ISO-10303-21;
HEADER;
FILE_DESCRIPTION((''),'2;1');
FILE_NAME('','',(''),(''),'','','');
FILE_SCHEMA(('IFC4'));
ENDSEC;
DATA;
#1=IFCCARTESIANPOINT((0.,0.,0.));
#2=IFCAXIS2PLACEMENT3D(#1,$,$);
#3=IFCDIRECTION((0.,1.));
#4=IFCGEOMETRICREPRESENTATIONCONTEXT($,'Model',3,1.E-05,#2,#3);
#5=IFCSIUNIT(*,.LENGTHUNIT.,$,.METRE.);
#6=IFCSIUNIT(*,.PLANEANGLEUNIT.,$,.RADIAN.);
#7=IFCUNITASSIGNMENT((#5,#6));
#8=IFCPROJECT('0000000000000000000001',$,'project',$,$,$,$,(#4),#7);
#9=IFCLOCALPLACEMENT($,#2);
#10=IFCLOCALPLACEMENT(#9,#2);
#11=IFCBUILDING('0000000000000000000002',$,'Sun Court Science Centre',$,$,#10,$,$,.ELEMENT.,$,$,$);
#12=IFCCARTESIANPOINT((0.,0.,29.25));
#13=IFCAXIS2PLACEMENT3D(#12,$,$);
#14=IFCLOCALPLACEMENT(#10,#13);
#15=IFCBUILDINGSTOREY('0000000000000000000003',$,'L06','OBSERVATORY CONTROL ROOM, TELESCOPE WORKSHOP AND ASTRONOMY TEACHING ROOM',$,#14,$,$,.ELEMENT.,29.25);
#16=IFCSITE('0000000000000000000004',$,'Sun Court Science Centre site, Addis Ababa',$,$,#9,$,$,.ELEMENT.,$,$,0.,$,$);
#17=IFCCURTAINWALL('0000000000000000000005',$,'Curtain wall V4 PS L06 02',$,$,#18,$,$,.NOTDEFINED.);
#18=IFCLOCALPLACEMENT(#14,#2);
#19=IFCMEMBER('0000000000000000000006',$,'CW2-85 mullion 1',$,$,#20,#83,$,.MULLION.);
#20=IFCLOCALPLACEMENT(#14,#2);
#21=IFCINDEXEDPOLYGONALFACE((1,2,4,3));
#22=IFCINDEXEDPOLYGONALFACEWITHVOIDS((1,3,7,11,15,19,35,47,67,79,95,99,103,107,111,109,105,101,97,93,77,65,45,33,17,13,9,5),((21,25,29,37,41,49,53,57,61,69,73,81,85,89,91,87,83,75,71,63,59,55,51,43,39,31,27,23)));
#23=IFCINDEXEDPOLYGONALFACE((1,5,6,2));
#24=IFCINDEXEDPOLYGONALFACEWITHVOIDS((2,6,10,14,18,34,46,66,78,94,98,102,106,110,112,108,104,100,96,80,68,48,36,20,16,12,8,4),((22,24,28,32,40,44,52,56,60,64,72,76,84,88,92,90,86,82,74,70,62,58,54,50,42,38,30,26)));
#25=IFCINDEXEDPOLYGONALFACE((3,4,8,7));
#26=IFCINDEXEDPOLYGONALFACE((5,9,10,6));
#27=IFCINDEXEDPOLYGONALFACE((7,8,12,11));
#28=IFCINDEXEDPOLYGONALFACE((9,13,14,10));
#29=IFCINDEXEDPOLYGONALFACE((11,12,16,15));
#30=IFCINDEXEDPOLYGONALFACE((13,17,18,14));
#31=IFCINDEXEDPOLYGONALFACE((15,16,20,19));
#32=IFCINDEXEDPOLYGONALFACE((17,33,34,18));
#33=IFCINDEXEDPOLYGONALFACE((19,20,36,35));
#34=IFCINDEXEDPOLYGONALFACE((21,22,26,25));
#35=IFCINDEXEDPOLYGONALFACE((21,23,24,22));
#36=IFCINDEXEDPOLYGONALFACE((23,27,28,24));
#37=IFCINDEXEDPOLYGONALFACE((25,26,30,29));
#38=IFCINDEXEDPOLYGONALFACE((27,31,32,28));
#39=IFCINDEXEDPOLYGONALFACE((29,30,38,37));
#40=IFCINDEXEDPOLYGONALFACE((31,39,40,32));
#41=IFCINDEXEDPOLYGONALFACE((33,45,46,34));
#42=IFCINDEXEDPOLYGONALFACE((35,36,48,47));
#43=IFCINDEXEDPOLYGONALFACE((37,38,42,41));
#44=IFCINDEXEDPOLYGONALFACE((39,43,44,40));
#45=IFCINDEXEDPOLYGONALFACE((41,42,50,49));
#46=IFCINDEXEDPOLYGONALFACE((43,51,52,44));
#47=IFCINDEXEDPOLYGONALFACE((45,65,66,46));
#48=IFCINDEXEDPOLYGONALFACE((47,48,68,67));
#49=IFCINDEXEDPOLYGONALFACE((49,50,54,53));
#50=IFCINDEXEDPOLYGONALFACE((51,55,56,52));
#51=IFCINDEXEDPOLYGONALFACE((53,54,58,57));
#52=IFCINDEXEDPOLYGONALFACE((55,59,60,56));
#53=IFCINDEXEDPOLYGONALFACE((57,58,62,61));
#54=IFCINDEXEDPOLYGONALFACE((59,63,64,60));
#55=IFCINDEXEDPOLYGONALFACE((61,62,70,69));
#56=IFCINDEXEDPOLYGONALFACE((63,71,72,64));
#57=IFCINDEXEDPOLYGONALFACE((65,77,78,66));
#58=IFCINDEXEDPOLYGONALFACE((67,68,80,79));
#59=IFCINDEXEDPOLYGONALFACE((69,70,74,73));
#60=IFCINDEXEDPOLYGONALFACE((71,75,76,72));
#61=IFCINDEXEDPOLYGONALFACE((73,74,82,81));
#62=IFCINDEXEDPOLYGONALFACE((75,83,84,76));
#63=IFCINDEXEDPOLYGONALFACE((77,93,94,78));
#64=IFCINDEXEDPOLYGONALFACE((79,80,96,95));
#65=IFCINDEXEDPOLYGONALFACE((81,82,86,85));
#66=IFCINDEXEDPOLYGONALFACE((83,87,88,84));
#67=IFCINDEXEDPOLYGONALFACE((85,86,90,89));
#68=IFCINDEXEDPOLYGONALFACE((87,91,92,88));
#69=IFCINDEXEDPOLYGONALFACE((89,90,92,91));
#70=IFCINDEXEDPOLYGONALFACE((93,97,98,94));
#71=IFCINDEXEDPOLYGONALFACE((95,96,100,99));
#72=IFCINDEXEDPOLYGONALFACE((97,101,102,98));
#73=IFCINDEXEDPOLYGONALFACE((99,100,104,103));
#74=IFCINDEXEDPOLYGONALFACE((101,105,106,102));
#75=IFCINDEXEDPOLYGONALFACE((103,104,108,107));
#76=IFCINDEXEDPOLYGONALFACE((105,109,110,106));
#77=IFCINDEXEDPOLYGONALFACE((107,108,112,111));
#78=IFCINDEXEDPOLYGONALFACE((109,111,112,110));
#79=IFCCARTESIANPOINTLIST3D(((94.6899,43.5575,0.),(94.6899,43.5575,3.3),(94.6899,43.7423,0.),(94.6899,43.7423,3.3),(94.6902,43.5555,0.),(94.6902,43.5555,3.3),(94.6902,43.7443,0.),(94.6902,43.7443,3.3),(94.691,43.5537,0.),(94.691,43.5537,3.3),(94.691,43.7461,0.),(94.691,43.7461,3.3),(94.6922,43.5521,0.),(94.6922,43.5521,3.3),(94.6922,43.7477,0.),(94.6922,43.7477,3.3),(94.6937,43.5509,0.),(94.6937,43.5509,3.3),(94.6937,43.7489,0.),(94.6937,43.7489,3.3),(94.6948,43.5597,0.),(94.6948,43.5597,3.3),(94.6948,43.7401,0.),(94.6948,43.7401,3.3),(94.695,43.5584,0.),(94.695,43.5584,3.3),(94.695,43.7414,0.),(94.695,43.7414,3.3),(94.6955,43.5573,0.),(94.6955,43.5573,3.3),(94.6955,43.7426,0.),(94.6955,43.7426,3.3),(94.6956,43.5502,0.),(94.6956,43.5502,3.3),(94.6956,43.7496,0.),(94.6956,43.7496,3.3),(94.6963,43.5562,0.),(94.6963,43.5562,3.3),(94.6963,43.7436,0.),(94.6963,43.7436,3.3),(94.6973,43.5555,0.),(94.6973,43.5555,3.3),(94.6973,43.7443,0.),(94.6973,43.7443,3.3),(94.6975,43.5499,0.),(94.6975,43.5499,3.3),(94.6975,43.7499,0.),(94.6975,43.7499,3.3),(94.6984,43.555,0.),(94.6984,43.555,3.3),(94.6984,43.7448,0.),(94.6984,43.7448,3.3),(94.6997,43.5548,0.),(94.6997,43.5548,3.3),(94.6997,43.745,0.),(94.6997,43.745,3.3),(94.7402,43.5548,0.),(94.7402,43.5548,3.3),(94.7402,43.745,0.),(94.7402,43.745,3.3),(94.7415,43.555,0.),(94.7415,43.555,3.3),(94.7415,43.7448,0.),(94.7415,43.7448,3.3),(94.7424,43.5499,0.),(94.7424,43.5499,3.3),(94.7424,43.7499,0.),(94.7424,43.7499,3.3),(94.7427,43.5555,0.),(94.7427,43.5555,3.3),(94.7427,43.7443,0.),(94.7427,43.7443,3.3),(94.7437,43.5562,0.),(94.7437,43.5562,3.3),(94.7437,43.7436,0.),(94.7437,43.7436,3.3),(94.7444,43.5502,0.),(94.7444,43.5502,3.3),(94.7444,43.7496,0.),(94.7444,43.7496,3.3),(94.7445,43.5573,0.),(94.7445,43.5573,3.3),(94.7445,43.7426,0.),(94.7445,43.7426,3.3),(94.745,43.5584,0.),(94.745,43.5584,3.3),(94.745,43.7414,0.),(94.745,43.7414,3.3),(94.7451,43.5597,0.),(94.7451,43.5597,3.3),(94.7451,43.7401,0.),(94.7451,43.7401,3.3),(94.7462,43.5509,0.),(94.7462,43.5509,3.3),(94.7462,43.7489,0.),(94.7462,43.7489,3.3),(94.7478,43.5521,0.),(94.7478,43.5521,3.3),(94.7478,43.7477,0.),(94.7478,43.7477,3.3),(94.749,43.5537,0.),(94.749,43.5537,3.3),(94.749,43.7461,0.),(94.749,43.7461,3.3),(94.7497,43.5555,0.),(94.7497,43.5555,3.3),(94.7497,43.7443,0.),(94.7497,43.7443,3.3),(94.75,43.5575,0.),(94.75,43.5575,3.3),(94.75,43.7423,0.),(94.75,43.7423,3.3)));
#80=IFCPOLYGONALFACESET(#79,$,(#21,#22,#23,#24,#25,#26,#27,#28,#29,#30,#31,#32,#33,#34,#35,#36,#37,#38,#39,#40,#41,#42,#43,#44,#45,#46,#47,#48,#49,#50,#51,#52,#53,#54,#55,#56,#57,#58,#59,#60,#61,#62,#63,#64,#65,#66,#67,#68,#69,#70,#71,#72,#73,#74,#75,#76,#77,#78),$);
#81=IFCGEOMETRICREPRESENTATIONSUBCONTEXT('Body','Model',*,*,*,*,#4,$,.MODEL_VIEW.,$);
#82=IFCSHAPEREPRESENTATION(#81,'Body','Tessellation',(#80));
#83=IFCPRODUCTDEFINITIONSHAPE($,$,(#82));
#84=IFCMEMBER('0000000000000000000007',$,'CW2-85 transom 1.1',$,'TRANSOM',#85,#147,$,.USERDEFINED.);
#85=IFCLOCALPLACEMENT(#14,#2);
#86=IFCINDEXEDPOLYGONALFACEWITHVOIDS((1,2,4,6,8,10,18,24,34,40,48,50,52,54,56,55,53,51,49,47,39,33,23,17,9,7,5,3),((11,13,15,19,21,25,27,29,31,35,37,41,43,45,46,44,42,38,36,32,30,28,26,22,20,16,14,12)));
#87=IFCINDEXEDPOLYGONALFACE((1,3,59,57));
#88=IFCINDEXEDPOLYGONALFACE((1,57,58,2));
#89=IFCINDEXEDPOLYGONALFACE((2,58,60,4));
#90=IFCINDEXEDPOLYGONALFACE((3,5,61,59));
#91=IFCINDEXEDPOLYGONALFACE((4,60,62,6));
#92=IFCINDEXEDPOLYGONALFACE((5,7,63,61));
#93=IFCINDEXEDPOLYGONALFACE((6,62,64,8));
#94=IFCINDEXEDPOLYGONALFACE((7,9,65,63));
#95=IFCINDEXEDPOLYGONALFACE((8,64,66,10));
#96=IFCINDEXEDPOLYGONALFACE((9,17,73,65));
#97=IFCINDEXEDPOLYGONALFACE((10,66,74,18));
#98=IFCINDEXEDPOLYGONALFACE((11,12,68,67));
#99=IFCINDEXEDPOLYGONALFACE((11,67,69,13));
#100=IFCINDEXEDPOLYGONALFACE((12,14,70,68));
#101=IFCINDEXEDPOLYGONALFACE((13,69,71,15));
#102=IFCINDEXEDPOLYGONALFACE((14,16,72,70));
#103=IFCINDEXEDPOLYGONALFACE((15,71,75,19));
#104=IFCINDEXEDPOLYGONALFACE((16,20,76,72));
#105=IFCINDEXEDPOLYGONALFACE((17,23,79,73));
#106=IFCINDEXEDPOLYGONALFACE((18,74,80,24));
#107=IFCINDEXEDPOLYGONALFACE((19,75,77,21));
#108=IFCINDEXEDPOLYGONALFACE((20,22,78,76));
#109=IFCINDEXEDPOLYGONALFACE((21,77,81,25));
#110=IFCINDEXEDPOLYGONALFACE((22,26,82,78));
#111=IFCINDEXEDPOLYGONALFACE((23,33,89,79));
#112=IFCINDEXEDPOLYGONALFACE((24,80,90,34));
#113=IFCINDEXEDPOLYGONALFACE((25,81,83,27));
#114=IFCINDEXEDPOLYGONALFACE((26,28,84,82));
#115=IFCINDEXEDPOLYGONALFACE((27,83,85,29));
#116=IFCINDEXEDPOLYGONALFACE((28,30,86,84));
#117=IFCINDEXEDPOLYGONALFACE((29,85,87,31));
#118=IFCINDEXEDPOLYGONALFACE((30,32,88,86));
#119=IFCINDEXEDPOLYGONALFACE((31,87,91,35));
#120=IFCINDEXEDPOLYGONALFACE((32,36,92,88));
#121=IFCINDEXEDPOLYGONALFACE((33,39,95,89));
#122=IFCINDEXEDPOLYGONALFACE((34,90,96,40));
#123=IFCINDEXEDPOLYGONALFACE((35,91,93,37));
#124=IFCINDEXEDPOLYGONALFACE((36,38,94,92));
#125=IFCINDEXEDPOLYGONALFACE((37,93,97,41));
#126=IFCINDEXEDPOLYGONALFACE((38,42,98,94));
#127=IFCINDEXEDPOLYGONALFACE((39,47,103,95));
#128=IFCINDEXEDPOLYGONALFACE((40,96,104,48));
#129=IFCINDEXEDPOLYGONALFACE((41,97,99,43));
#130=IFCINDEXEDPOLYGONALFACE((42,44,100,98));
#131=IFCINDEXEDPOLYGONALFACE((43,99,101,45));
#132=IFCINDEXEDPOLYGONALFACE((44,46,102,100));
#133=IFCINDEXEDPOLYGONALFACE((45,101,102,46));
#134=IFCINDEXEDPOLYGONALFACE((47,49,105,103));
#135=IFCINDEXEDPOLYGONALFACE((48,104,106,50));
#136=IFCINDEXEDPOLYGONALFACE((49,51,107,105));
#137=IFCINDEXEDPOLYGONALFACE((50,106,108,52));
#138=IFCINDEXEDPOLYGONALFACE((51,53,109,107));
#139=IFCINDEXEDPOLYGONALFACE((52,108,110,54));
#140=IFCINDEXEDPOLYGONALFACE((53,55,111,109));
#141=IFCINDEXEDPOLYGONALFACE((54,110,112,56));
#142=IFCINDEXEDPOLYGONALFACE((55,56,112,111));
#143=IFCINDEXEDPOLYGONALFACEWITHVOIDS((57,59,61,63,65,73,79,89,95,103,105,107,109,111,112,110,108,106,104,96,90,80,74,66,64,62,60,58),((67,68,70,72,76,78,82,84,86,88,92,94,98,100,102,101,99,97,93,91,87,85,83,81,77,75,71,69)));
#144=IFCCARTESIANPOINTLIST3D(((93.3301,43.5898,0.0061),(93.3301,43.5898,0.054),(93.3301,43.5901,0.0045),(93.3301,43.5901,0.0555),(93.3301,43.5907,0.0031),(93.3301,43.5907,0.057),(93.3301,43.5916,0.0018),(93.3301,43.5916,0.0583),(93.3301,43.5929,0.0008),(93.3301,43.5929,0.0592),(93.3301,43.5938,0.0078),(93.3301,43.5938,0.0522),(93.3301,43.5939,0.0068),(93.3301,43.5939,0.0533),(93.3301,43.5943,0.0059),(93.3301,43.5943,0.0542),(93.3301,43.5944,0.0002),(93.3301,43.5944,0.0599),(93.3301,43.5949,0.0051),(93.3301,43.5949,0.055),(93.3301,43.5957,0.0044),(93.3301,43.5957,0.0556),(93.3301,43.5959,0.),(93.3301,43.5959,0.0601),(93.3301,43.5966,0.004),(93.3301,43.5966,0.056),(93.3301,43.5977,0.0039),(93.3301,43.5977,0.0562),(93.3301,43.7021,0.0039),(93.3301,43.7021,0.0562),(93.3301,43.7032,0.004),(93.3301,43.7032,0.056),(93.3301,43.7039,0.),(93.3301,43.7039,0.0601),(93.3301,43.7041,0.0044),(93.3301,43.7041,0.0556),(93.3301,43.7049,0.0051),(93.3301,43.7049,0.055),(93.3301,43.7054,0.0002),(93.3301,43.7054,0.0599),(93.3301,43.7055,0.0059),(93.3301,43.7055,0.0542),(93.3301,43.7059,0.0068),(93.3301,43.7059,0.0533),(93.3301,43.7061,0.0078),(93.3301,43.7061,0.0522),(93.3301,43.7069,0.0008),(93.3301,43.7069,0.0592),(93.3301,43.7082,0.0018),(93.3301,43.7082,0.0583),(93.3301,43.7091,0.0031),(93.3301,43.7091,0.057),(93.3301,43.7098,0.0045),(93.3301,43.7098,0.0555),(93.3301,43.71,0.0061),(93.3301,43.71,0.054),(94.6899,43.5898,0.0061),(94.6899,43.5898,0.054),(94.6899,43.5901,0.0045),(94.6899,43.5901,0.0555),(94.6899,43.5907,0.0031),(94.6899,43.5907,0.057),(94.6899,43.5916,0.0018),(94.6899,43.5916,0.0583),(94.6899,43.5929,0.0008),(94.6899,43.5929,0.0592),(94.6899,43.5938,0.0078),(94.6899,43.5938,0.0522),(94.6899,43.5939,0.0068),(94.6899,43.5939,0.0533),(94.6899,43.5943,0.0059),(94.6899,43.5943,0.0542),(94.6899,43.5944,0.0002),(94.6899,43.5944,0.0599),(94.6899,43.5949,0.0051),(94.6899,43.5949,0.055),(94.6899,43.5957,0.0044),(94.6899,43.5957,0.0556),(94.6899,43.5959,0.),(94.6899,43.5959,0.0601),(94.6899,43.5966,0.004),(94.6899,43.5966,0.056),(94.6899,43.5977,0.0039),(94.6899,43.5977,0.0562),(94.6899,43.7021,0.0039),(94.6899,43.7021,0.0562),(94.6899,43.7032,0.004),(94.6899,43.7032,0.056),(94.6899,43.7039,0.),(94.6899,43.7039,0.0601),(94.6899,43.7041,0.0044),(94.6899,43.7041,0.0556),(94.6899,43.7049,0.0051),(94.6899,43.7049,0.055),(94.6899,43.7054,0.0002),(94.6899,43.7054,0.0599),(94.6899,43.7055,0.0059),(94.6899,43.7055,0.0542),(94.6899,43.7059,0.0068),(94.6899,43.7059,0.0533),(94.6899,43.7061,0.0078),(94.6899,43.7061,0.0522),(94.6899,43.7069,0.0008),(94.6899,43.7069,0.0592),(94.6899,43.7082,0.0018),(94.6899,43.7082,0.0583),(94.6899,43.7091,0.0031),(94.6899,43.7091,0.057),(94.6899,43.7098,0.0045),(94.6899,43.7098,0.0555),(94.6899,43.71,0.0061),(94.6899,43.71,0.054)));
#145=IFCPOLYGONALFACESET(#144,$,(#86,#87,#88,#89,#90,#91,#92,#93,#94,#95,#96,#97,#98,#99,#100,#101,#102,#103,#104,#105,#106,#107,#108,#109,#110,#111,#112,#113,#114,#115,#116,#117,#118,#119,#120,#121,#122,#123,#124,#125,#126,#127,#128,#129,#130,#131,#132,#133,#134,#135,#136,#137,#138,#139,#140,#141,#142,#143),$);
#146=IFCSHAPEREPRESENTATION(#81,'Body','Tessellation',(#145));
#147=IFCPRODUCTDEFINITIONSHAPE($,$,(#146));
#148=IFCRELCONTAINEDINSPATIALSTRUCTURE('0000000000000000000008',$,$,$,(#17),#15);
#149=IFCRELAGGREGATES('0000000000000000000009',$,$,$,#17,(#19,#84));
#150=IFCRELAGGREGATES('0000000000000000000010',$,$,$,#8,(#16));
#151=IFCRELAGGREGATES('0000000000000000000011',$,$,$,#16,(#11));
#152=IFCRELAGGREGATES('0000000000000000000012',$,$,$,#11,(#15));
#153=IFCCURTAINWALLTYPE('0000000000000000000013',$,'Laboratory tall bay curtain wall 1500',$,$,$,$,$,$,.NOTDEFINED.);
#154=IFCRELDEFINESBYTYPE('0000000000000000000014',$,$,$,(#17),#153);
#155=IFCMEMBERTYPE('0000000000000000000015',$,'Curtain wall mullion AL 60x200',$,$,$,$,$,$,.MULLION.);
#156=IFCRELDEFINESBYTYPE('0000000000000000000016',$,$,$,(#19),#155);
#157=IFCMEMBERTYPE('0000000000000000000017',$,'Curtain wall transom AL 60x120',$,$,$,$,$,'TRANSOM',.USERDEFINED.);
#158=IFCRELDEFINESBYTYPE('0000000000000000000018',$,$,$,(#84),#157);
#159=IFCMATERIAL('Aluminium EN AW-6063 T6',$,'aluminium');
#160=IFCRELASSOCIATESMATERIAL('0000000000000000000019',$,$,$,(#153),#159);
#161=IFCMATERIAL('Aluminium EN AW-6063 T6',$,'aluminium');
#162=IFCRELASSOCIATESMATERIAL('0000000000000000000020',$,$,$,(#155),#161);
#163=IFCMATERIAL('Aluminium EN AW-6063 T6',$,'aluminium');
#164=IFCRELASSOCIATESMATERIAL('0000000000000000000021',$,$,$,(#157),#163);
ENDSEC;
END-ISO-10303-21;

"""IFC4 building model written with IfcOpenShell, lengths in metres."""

from ifc_helpers import new_model, si_unit, direction, frame, origin, origin_2d, place, context, subcontext, project, spatial, hollow_rectangle, extrude, material, material_profile, profile_set, type_object, element, aggregate, save


model = new_model("IFC4")

# Units and contexts
model_context = context("Model", 3, precision=1e-05, world=origin(), true_north=direction((0.0, 1.0)))
body_context = subcontext(model_context, "Body", "Model", "MODEL_VIEW")
ifc_project = project(units=[si_unit("LENGTHUNIT", "METRE"), si_unit("PLANEANGLEUNIT", "RADIAN")], contexts=[model_context])

# Site, building, storey
site_placement = place(None, origin())
site = spatial("IfcSite", under=ifc_project, at=site_placement, Name="Sun Court Science Centre site, Addis Ababa", CompositionType="ELEMENT", RefElevation=0.0)
building_placement = place(site_placement, origin())
building = spatial("IfcBuilding", under=site, at=building_placement, Name="Sun Court Science Centre", CompositionType="ELEMENT")
storey_placement = place(building_placement, frame((0.0, 0.0, 29.25)))
storey = spatial("IfcBuildingStorey", under=building, at=storey_placement, Name="L06", Description="OBSERVATORY CONTROL ROOM, TELESCOPE WORKSHOP AND ASTRONOMY TEACHING ROOM", CompositionType="ELEMENT", Elevation=29.25)

# Curtain wall, members
ifc_material_1 = material(Name="Aluminium EN AW-6063 T6", Category="aluminium")
curtain_wall_type = type_object("IfcCurtainWallType", Name="Laboratory tall bay curtain wall 1500", PredefinedType="NOTDEFINED", material=ifc_material_1)
curtain_wall_placement = place(storey_placement, origin())
curtain_wall = element("IfcCurtainWall", 1, at=curtain_wall_placement, inside=storey, type_object=curtain_wall_type, Name="Curtain wall V4 PS L06 02", PredefinedType="NOTDEFINED")
ifc_material_2 = material(Name="Aluminium EN AW-6063 T6", Category="aluminium")
ifc_material_profile_1 = material_profile(ifc_material_2, hollow_rectangle(XDim=0.0601, YDim=0.2, WallThickness=0.0049, InnerFilletRadius=0.0049, OuterFilletRadius=0.0076, at=origin_2d()), Name="AL 60x200x5")
ifc_profile_set_1 = profile_set([ifc_material_profile_1], Name="Aluminium EN AW-6063 T6")
member_type_1 = type_object("IfcMemberType", Name="Curtain wall mullion AL 60x200", PredefinedType="MULLION", material=ifc_profile_set_1)
member_1_placement = place(storey_placement, frame((94.72, 43.6499, 0.0), z_axis=(0.0, 0.0, 1.0), x_axis=(-1.0, 0.0, 0.0)))
member_1 = element("IfcMember", 2, at=member_1_placement, type_object=member_type_1, Name="CW2-85 mullion 1", PredefinedType="MULLION", context=body_context, shape_type="SweptSolid", body=[
    extrude(hollow_rectangle(XDim=0.0601, YDim=0.2, WallThickness=0.0049, InnerFilletRadius=0.0049, OuterFilletRadius=0.0076, at=origin_2d()), origin(), (0.0, 0.0, 1.0), 3.3),
])
ifc_material_3 = material(Name="Aluminium EN AW-6063 T6", Category="aluminium")
ifc_material_profile_2 = material_profile(ifc_material_3, hollow_rectangle(XDim=0.0601, YDim=0.1201, WallThickness=0.0039, InnerFilletRadius=0.0039, OuterFilletRadius=0.0061, at=origin_2d()), Name="AL 60x120x4")
ifc_profile_set_2 = profile_set([ifc_material_profile_2], Name="Aluminium EN AW-6063 T6")
member_type_2 = type_object("IfcMemberType", Name="Curtain wall transom AL 60x120", ElementType="TRANSOM", PredefinedType="USERDEFINED", material=ifc_profile_set_2)
member_2_placement = place(storey_placement, frame((94.6899, 43.6499, 0.03), z_axis=(-1.0, 0.0, 0.0), x_axis=(0.0, 0.0, 1.0)))
member_2 = element("IfcMember", 3, at=member_2_placement, type_object=member_type_2, Name="CW2-85 transom 1.1", ObjectType="TRANSOM", PredefinedType="USERDEFINED", context=body_context, shape_type="SweptSolid", body=[
    extrude(hollow_rectangle(XDim=0.0601, YDim=0.1201, WallThickness=0.0039, InnerFilletRadius=0.0039, OuterFilletRadius=0.0061, at=origin_2d()), origin(), (0.0, 0.0, 1.0), 1.3599),
])

aggregate(curtain_wall, [member_1, member_2])

save(model, "model.ifc")
